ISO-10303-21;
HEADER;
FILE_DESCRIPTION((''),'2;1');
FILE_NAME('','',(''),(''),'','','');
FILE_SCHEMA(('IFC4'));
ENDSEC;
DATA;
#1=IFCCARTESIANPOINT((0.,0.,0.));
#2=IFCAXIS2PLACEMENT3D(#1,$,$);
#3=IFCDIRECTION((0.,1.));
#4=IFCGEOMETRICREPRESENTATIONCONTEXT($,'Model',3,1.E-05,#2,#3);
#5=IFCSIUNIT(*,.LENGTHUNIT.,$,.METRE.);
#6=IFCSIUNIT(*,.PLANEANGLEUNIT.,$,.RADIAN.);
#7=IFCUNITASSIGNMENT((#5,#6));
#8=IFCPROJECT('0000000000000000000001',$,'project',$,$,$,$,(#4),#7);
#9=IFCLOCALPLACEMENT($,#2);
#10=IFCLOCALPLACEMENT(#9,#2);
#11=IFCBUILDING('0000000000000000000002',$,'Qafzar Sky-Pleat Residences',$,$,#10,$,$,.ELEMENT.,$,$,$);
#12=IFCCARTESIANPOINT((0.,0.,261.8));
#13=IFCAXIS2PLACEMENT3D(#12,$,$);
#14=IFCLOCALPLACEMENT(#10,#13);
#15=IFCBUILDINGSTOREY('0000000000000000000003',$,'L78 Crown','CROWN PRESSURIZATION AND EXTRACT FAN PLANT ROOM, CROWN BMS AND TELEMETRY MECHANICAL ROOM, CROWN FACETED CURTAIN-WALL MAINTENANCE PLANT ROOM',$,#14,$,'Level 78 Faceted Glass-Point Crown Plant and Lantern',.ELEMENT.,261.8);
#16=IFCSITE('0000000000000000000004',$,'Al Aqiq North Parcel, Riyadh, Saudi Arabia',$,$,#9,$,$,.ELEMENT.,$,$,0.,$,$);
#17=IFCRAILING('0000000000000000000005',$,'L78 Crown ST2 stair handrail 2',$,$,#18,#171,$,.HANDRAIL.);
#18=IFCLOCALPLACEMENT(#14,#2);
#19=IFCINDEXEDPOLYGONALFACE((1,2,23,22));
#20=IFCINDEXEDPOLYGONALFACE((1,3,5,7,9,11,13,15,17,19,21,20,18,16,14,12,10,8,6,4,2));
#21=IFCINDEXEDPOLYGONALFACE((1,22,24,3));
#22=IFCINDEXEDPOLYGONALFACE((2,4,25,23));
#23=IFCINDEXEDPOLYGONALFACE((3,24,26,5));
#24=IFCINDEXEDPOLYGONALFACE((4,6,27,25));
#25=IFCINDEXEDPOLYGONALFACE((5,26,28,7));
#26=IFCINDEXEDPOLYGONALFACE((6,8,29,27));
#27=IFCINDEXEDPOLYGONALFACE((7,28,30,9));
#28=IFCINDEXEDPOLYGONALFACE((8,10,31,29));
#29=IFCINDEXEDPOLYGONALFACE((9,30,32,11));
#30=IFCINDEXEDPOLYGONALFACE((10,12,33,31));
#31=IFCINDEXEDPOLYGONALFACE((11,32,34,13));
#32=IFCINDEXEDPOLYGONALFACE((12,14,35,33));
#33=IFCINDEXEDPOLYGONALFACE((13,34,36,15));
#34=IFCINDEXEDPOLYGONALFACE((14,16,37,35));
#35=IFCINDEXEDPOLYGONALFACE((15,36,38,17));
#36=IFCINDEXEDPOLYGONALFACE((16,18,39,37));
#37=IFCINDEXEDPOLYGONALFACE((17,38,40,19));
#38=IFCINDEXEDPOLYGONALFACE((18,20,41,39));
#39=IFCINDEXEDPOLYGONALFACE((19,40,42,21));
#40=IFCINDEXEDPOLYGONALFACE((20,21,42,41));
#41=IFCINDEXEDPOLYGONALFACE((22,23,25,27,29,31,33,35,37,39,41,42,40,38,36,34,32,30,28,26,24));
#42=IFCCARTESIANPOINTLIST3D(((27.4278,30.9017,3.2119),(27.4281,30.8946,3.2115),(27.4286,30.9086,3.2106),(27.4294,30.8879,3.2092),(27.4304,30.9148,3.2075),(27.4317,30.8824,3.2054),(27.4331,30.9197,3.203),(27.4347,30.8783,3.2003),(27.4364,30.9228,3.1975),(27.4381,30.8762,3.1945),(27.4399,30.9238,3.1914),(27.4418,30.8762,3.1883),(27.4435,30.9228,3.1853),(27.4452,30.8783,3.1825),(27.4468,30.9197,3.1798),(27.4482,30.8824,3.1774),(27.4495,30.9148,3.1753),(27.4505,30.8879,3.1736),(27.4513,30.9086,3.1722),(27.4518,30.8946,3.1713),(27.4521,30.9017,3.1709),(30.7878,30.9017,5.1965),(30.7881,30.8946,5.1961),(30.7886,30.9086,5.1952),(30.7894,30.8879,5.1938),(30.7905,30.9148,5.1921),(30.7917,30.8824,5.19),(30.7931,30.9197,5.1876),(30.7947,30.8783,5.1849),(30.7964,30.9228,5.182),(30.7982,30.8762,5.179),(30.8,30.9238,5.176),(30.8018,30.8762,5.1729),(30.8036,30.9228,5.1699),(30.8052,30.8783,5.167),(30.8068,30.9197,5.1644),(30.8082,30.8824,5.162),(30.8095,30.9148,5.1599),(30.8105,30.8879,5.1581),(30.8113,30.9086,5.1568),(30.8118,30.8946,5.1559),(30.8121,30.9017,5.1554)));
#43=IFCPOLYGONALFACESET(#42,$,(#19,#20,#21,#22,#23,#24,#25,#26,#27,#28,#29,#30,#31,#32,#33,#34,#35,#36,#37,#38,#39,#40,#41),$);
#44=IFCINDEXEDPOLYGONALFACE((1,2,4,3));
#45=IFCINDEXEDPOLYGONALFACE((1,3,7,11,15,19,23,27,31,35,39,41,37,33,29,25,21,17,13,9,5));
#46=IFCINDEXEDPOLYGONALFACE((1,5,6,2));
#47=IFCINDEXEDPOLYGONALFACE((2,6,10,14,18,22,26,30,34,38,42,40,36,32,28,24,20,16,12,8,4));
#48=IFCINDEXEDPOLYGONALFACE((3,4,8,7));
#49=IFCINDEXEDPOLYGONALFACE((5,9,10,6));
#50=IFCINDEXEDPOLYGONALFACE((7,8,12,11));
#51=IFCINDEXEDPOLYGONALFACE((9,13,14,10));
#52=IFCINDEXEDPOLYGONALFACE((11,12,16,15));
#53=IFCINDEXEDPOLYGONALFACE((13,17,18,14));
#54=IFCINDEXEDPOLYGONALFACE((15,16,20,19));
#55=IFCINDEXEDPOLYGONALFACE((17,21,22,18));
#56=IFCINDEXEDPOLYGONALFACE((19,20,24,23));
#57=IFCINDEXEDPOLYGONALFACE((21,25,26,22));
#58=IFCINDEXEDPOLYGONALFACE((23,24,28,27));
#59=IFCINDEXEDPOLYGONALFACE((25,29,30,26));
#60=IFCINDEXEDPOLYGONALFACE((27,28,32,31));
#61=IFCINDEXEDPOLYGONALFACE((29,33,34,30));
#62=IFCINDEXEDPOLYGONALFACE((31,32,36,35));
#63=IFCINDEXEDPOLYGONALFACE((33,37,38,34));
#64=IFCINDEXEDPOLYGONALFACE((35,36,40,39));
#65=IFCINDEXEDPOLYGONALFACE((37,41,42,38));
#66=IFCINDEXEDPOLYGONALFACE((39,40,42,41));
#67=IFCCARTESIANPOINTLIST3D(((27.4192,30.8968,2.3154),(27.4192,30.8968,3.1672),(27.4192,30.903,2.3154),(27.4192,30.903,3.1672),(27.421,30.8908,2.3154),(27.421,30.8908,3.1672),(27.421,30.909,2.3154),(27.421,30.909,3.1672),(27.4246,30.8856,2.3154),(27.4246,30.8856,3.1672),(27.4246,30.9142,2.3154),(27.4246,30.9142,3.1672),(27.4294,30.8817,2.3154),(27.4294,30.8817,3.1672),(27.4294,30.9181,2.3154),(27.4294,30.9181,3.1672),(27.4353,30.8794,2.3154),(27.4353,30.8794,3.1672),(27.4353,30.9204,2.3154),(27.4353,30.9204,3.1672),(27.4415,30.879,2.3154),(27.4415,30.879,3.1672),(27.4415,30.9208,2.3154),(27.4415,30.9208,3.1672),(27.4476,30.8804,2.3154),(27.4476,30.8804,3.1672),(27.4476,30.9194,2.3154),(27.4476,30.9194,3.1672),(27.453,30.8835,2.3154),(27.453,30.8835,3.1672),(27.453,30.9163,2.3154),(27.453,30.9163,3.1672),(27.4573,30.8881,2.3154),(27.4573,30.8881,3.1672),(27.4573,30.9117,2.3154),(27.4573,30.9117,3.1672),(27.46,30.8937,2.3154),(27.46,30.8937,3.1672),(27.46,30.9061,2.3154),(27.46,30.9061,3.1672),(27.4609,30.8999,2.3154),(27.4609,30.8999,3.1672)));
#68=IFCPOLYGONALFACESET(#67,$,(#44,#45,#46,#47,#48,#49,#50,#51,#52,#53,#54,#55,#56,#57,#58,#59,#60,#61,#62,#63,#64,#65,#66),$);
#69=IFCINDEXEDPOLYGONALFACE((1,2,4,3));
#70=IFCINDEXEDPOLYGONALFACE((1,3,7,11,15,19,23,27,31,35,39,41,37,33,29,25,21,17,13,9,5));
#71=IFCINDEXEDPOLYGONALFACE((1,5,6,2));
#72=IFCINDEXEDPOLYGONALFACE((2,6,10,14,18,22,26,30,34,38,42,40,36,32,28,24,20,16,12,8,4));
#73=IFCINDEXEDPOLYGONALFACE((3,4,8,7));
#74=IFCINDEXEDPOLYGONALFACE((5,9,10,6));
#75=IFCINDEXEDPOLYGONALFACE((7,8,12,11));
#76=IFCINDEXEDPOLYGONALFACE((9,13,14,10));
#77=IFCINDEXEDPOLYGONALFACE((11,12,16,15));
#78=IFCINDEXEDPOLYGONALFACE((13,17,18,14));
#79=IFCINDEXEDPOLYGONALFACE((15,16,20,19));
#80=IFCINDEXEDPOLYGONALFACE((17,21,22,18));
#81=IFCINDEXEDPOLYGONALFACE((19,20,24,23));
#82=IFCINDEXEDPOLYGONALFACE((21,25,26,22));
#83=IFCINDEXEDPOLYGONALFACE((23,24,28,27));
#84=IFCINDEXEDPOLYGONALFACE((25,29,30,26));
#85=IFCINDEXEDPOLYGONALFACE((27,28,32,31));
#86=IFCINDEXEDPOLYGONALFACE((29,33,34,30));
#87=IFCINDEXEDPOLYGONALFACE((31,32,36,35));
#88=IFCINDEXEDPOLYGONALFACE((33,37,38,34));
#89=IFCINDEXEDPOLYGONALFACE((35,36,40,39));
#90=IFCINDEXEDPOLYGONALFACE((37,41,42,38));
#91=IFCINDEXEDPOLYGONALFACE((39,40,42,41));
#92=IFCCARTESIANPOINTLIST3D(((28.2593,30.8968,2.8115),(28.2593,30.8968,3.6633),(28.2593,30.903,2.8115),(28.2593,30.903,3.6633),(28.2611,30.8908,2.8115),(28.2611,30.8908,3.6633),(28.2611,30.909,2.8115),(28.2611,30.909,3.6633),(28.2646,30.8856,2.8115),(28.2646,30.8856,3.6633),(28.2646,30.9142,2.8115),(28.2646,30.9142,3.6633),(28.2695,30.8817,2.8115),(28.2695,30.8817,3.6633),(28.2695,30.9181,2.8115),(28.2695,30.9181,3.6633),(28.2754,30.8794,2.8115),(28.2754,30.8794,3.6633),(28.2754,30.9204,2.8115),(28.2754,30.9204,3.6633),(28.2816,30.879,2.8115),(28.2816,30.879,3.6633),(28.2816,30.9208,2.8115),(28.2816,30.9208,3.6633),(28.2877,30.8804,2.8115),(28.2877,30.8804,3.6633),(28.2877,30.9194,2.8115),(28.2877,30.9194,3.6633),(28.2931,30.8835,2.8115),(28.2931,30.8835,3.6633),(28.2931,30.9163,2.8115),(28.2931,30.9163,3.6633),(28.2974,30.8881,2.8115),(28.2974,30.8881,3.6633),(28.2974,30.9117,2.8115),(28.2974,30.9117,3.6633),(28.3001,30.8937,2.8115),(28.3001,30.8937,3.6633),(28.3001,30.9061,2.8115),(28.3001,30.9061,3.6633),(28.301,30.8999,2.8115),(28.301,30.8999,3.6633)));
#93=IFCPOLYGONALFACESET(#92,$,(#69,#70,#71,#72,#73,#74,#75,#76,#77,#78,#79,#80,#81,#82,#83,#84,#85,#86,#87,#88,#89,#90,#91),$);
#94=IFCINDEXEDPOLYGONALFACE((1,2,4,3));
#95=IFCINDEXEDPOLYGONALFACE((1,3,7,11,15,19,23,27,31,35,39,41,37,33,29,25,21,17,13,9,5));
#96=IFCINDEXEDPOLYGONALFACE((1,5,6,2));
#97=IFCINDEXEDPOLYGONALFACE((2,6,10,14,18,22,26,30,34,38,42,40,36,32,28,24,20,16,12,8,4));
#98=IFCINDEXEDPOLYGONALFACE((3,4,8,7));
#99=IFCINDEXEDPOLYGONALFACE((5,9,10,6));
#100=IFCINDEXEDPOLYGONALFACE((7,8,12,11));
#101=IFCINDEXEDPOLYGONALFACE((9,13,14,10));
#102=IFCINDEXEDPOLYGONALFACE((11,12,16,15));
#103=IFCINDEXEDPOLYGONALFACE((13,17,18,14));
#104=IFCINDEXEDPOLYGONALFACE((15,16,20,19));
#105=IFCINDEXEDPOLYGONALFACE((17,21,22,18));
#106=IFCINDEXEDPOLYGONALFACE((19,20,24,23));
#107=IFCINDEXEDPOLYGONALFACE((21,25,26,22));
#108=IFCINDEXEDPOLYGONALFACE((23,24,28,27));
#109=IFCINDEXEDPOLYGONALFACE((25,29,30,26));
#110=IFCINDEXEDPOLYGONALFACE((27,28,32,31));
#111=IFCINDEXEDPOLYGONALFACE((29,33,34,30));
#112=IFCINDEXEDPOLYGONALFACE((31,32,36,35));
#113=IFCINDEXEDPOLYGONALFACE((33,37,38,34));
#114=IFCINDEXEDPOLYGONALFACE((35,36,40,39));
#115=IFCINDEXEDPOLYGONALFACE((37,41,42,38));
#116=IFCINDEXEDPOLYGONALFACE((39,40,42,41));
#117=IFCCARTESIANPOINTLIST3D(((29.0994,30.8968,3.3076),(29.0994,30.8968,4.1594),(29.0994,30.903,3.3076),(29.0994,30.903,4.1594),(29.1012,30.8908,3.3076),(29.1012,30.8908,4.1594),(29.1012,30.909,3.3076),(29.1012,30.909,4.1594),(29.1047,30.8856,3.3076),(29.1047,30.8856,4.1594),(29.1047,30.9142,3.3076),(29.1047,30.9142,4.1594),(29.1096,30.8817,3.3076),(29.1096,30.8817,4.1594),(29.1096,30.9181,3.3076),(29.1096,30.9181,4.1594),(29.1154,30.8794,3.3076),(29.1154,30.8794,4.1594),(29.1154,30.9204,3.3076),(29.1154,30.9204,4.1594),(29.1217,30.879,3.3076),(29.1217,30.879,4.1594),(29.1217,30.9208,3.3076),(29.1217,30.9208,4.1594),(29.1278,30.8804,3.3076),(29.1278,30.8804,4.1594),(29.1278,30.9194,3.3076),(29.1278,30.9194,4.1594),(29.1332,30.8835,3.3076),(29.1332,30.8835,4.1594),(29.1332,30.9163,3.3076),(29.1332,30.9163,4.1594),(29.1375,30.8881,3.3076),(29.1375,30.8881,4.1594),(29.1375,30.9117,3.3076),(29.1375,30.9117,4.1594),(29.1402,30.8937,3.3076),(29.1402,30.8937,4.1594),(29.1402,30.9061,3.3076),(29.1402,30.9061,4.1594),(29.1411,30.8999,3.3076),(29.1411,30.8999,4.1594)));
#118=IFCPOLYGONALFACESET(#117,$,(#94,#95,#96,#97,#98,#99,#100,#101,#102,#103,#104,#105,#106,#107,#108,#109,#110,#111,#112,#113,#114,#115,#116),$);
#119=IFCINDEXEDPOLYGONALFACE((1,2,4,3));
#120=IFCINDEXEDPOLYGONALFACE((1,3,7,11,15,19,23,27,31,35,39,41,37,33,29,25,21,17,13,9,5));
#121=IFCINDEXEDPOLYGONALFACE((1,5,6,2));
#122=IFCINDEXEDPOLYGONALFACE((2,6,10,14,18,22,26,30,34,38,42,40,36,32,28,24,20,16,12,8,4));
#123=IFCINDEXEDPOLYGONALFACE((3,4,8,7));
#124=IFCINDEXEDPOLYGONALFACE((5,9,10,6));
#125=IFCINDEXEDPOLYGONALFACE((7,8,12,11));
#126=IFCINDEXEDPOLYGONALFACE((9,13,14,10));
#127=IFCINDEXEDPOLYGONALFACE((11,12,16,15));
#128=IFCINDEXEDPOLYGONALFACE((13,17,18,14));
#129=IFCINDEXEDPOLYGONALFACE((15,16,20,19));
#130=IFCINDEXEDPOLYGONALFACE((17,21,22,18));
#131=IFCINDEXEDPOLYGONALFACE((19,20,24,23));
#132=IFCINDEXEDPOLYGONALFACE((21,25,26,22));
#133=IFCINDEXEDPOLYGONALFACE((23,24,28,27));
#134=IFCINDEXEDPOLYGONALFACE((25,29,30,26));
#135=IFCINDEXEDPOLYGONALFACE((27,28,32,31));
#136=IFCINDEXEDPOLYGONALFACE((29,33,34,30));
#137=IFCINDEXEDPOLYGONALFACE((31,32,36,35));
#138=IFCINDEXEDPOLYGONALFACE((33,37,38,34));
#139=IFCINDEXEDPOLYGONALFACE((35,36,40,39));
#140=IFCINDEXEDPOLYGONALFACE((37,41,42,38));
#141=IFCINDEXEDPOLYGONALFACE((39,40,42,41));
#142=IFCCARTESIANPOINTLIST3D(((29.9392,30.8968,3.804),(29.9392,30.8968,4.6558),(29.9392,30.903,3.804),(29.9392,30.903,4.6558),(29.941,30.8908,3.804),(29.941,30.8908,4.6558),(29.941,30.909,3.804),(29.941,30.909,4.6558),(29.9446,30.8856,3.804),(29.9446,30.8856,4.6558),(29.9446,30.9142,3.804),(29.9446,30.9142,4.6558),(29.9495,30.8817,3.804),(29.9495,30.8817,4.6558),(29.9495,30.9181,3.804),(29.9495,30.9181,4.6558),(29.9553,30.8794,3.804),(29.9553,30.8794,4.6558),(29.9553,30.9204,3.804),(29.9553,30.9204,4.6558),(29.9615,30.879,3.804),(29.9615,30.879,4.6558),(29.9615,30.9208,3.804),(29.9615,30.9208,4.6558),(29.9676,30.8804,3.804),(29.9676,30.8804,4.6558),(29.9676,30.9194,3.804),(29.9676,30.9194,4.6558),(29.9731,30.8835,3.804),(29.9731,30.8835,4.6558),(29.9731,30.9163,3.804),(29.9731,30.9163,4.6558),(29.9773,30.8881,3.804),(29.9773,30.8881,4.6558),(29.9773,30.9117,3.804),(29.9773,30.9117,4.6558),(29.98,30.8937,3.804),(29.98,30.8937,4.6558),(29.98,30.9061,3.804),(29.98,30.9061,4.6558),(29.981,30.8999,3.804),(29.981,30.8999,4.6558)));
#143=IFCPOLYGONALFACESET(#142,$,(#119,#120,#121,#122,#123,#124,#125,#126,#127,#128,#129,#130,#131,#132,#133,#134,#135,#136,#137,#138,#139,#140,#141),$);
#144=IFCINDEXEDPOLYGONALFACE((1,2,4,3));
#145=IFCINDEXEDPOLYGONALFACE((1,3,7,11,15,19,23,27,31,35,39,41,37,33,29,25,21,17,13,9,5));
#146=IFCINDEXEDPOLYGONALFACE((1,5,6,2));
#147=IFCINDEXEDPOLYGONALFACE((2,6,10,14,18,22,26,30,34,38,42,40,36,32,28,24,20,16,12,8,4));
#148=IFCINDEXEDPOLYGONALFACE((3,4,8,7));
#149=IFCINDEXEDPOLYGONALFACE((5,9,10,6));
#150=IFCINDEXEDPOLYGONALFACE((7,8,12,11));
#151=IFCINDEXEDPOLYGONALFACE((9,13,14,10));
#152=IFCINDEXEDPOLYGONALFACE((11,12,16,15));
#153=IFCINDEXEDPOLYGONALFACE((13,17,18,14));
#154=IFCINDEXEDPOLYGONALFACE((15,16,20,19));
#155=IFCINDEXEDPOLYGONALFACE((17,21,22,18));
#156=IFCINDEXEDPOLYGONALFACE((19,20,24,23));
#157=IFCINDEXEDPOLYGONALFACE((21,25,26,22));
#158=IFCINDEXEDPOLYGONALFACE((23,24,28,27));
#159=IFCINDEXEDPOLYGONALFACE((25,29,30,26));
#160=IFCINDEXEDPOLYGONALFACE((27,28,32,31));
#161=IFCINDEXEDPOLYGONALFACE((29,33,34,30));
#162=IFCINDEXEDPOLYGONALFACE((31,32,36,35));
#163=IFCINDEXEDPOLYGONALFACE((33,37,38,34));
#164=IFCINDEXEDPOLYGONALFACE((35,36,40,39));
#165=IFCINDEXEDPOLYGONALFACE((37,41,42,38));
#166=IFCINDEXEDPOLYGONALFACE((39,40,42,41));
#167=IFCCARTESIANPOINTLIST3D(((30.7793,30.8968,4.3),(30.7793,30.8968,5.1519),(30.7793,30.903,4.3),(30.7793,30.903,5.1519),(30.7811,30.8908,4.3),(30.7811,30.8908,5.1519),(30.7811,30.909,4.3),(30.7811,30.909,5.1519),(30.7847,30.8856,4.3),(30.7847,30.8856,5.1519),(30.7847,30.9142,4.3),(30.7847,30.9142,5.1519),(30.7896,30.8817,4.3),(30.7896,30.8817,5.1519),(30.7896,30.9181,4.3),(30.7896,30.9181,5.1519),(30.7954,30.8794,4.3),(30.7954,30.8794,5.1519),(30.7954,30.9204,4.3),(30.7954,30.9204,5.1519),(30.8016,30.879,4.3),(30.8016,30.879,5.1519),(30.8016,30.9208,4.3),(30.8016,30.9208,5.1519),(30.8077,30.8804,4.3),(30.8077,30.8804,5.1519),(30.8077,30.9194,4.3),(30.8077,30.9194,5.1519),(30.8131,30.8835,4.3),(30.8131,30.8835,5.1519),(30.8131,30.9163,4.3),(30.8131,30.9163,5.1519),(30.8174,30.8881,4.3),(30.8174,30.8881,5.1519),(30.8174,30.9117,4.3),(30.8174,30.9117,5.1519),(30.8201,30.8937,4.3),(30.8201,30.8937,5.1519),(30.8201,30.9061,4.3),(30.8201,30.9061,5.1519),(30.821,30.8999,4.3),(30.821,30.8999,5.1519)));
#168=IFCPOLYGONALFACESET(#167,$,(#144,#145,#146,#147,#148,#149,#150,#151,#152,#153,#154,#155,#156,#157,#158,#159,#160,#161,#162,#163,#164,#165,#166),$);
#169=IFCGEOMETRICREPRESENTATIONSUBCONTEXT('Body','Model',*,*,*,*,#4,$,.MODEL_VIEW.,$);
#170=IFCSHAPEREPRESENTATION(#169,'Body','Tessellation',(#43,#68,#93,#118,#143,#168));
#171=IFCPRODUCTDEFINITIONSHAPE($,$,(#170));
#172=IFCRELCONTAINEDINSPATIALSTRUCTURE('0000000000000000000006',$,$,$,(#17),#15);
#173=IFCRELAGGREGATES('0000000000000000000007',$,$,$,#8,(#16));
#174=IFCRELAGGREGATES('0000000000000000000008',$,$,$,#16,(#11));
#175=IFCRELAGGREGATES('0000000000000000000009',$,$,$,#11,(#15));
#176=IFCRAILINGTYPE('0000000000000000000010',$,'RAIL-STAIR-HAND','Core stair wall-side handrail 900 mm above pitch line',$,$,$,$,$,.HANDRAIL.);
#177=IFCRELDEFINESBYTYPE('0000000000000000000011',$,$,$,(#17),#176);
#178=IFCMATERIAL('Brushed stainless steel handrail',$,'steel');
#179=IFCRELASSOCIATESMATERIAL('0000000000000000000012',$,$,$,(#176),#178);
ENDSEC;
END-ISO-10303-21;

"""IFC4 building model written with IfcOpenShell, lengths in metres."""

from ifc_helpers import new_model, si_unit, direction, frame, origin, origin_2d, place, context, subcontext, project, spatial, circle, extrude, source, transform, mapped, material, type_object, element, save


model = new_model("IFC4")

# Units and contexts
model_context = context("Model", 3, precision=1e-05, world=origin(), true_north=direction((0.0, 1.0)))
body_context = subcontext(model_context, "Body", "Model", "MODEL_VIEW")
ifc_project = project(units=[si_unit("LENGTHUNIT", "METRE"), si_unit("PLANEANGLEUNIT", "RADIAN")], contexts=[model_context])

# Site, building, storey
site_placement = place(None, origin())
site = spatial("IfcSite", under=ifc_project, at=site_placement, Name="Al Aqiq North Parcel, Riyadh, Saudi Arabia", CompositionType="ELEMENT", RefElevation=0.0)
building_placement = place(site_placement, origin())
building = spatial("IfcBuilding", under=site, at=building_placement, Name="Qafzar Sky-Pleat Residences", CompositionType="ELEMENT")
storey_placement = place(building_placement, frame((0.0, 0.0, 261.8)))
storey = spatial("IfcBuildingStorey", under=building, at=storey_placement, Name="L78 Crown", Description="CROWN PRESSURIZATION AND EXTRACT FAN PLANT ROOM, CROWN BMS AND TELEMETRY MECHANICAL ROOM, CROWN FACETED CURTAIN-WALL MAINTENANCE PLANT ROOM", LongName="Level 78 Faceted Glass-Point Crown Plant and Lantern", CompositionType="ELEMENT", Elevation=261.8)

# Railing
ifc_material_1 = material(Name="Brushed stainless steel handrail", Category="steel")
railing_type_1 = type_object("IfcRailingType", Name="RAIL-STAIR-HAND", Description="Core stair wall-side handrail 900 mm above pitch line", PredefinedType="HANDRAIL", material=ifc_material_1)
shared_shape_1 = source(origin(), body_context, "Body", "SweptSolid", [
    extrude(circle(Radius=0.0239, at=origin_2d()), frame((0.0, 0.0, 0.876), z_axis=(0.861027, 0.0, 0.508559), x_axis=(0.0, 1.0, 0.0)), (0.0, 0.0, 1.0), 3.9023),
    extrude(circle(Radius=0.021, at=origin_2d()), origin(), (0.0, 0.0, 1.0), 0.8518),
    extrude(circle(Radius=0.021, at=origin_2d()), frame((0.8401, 0.0, 0.4961)), (0.0, 0.0, 1.0), 0.8518),
    extrude(circle(Radius=0.021, at=origin_2d()), frame((1.6802, 0.0, 0.9922)), (0.0, 0.0, 1.0), 0.8518),
    extrude(circle(Radius=0.021, at=origin_2d()), frame((2.52, 0.0, 1.4885)), (0.0, 0.0, 1.0), 0.8518),
    extrude(circle(Radius=0.021, at=origin_2d()), frame((3.3601, 0.0, 1.9846)), (0.0, 0.0, 1.0), 0.8518),
])
railing_1_placement = place(storey_placement, frame((27.4399, 30.8999, 2.3154)))
element("IfcRailing", 1, at=railing_1_placement, inside=storey, type_object=railing_type_1, Name="L78 Crown ST2 stair handrail 2", PredefinedType="HANDRAIL", context=body_context, shape_type="MappedRepresentation", body=[
    mapped(shared_shape_1, transform((0.0, 0.0, 0.0), x_axis=(1.0, 0.0, 0.0), y_axis=(0.0, 1.0, 0.0), z_axis=(0.0, 0.0, 1.0), scale=1.0)),
])

save(model, "model.ifc")
